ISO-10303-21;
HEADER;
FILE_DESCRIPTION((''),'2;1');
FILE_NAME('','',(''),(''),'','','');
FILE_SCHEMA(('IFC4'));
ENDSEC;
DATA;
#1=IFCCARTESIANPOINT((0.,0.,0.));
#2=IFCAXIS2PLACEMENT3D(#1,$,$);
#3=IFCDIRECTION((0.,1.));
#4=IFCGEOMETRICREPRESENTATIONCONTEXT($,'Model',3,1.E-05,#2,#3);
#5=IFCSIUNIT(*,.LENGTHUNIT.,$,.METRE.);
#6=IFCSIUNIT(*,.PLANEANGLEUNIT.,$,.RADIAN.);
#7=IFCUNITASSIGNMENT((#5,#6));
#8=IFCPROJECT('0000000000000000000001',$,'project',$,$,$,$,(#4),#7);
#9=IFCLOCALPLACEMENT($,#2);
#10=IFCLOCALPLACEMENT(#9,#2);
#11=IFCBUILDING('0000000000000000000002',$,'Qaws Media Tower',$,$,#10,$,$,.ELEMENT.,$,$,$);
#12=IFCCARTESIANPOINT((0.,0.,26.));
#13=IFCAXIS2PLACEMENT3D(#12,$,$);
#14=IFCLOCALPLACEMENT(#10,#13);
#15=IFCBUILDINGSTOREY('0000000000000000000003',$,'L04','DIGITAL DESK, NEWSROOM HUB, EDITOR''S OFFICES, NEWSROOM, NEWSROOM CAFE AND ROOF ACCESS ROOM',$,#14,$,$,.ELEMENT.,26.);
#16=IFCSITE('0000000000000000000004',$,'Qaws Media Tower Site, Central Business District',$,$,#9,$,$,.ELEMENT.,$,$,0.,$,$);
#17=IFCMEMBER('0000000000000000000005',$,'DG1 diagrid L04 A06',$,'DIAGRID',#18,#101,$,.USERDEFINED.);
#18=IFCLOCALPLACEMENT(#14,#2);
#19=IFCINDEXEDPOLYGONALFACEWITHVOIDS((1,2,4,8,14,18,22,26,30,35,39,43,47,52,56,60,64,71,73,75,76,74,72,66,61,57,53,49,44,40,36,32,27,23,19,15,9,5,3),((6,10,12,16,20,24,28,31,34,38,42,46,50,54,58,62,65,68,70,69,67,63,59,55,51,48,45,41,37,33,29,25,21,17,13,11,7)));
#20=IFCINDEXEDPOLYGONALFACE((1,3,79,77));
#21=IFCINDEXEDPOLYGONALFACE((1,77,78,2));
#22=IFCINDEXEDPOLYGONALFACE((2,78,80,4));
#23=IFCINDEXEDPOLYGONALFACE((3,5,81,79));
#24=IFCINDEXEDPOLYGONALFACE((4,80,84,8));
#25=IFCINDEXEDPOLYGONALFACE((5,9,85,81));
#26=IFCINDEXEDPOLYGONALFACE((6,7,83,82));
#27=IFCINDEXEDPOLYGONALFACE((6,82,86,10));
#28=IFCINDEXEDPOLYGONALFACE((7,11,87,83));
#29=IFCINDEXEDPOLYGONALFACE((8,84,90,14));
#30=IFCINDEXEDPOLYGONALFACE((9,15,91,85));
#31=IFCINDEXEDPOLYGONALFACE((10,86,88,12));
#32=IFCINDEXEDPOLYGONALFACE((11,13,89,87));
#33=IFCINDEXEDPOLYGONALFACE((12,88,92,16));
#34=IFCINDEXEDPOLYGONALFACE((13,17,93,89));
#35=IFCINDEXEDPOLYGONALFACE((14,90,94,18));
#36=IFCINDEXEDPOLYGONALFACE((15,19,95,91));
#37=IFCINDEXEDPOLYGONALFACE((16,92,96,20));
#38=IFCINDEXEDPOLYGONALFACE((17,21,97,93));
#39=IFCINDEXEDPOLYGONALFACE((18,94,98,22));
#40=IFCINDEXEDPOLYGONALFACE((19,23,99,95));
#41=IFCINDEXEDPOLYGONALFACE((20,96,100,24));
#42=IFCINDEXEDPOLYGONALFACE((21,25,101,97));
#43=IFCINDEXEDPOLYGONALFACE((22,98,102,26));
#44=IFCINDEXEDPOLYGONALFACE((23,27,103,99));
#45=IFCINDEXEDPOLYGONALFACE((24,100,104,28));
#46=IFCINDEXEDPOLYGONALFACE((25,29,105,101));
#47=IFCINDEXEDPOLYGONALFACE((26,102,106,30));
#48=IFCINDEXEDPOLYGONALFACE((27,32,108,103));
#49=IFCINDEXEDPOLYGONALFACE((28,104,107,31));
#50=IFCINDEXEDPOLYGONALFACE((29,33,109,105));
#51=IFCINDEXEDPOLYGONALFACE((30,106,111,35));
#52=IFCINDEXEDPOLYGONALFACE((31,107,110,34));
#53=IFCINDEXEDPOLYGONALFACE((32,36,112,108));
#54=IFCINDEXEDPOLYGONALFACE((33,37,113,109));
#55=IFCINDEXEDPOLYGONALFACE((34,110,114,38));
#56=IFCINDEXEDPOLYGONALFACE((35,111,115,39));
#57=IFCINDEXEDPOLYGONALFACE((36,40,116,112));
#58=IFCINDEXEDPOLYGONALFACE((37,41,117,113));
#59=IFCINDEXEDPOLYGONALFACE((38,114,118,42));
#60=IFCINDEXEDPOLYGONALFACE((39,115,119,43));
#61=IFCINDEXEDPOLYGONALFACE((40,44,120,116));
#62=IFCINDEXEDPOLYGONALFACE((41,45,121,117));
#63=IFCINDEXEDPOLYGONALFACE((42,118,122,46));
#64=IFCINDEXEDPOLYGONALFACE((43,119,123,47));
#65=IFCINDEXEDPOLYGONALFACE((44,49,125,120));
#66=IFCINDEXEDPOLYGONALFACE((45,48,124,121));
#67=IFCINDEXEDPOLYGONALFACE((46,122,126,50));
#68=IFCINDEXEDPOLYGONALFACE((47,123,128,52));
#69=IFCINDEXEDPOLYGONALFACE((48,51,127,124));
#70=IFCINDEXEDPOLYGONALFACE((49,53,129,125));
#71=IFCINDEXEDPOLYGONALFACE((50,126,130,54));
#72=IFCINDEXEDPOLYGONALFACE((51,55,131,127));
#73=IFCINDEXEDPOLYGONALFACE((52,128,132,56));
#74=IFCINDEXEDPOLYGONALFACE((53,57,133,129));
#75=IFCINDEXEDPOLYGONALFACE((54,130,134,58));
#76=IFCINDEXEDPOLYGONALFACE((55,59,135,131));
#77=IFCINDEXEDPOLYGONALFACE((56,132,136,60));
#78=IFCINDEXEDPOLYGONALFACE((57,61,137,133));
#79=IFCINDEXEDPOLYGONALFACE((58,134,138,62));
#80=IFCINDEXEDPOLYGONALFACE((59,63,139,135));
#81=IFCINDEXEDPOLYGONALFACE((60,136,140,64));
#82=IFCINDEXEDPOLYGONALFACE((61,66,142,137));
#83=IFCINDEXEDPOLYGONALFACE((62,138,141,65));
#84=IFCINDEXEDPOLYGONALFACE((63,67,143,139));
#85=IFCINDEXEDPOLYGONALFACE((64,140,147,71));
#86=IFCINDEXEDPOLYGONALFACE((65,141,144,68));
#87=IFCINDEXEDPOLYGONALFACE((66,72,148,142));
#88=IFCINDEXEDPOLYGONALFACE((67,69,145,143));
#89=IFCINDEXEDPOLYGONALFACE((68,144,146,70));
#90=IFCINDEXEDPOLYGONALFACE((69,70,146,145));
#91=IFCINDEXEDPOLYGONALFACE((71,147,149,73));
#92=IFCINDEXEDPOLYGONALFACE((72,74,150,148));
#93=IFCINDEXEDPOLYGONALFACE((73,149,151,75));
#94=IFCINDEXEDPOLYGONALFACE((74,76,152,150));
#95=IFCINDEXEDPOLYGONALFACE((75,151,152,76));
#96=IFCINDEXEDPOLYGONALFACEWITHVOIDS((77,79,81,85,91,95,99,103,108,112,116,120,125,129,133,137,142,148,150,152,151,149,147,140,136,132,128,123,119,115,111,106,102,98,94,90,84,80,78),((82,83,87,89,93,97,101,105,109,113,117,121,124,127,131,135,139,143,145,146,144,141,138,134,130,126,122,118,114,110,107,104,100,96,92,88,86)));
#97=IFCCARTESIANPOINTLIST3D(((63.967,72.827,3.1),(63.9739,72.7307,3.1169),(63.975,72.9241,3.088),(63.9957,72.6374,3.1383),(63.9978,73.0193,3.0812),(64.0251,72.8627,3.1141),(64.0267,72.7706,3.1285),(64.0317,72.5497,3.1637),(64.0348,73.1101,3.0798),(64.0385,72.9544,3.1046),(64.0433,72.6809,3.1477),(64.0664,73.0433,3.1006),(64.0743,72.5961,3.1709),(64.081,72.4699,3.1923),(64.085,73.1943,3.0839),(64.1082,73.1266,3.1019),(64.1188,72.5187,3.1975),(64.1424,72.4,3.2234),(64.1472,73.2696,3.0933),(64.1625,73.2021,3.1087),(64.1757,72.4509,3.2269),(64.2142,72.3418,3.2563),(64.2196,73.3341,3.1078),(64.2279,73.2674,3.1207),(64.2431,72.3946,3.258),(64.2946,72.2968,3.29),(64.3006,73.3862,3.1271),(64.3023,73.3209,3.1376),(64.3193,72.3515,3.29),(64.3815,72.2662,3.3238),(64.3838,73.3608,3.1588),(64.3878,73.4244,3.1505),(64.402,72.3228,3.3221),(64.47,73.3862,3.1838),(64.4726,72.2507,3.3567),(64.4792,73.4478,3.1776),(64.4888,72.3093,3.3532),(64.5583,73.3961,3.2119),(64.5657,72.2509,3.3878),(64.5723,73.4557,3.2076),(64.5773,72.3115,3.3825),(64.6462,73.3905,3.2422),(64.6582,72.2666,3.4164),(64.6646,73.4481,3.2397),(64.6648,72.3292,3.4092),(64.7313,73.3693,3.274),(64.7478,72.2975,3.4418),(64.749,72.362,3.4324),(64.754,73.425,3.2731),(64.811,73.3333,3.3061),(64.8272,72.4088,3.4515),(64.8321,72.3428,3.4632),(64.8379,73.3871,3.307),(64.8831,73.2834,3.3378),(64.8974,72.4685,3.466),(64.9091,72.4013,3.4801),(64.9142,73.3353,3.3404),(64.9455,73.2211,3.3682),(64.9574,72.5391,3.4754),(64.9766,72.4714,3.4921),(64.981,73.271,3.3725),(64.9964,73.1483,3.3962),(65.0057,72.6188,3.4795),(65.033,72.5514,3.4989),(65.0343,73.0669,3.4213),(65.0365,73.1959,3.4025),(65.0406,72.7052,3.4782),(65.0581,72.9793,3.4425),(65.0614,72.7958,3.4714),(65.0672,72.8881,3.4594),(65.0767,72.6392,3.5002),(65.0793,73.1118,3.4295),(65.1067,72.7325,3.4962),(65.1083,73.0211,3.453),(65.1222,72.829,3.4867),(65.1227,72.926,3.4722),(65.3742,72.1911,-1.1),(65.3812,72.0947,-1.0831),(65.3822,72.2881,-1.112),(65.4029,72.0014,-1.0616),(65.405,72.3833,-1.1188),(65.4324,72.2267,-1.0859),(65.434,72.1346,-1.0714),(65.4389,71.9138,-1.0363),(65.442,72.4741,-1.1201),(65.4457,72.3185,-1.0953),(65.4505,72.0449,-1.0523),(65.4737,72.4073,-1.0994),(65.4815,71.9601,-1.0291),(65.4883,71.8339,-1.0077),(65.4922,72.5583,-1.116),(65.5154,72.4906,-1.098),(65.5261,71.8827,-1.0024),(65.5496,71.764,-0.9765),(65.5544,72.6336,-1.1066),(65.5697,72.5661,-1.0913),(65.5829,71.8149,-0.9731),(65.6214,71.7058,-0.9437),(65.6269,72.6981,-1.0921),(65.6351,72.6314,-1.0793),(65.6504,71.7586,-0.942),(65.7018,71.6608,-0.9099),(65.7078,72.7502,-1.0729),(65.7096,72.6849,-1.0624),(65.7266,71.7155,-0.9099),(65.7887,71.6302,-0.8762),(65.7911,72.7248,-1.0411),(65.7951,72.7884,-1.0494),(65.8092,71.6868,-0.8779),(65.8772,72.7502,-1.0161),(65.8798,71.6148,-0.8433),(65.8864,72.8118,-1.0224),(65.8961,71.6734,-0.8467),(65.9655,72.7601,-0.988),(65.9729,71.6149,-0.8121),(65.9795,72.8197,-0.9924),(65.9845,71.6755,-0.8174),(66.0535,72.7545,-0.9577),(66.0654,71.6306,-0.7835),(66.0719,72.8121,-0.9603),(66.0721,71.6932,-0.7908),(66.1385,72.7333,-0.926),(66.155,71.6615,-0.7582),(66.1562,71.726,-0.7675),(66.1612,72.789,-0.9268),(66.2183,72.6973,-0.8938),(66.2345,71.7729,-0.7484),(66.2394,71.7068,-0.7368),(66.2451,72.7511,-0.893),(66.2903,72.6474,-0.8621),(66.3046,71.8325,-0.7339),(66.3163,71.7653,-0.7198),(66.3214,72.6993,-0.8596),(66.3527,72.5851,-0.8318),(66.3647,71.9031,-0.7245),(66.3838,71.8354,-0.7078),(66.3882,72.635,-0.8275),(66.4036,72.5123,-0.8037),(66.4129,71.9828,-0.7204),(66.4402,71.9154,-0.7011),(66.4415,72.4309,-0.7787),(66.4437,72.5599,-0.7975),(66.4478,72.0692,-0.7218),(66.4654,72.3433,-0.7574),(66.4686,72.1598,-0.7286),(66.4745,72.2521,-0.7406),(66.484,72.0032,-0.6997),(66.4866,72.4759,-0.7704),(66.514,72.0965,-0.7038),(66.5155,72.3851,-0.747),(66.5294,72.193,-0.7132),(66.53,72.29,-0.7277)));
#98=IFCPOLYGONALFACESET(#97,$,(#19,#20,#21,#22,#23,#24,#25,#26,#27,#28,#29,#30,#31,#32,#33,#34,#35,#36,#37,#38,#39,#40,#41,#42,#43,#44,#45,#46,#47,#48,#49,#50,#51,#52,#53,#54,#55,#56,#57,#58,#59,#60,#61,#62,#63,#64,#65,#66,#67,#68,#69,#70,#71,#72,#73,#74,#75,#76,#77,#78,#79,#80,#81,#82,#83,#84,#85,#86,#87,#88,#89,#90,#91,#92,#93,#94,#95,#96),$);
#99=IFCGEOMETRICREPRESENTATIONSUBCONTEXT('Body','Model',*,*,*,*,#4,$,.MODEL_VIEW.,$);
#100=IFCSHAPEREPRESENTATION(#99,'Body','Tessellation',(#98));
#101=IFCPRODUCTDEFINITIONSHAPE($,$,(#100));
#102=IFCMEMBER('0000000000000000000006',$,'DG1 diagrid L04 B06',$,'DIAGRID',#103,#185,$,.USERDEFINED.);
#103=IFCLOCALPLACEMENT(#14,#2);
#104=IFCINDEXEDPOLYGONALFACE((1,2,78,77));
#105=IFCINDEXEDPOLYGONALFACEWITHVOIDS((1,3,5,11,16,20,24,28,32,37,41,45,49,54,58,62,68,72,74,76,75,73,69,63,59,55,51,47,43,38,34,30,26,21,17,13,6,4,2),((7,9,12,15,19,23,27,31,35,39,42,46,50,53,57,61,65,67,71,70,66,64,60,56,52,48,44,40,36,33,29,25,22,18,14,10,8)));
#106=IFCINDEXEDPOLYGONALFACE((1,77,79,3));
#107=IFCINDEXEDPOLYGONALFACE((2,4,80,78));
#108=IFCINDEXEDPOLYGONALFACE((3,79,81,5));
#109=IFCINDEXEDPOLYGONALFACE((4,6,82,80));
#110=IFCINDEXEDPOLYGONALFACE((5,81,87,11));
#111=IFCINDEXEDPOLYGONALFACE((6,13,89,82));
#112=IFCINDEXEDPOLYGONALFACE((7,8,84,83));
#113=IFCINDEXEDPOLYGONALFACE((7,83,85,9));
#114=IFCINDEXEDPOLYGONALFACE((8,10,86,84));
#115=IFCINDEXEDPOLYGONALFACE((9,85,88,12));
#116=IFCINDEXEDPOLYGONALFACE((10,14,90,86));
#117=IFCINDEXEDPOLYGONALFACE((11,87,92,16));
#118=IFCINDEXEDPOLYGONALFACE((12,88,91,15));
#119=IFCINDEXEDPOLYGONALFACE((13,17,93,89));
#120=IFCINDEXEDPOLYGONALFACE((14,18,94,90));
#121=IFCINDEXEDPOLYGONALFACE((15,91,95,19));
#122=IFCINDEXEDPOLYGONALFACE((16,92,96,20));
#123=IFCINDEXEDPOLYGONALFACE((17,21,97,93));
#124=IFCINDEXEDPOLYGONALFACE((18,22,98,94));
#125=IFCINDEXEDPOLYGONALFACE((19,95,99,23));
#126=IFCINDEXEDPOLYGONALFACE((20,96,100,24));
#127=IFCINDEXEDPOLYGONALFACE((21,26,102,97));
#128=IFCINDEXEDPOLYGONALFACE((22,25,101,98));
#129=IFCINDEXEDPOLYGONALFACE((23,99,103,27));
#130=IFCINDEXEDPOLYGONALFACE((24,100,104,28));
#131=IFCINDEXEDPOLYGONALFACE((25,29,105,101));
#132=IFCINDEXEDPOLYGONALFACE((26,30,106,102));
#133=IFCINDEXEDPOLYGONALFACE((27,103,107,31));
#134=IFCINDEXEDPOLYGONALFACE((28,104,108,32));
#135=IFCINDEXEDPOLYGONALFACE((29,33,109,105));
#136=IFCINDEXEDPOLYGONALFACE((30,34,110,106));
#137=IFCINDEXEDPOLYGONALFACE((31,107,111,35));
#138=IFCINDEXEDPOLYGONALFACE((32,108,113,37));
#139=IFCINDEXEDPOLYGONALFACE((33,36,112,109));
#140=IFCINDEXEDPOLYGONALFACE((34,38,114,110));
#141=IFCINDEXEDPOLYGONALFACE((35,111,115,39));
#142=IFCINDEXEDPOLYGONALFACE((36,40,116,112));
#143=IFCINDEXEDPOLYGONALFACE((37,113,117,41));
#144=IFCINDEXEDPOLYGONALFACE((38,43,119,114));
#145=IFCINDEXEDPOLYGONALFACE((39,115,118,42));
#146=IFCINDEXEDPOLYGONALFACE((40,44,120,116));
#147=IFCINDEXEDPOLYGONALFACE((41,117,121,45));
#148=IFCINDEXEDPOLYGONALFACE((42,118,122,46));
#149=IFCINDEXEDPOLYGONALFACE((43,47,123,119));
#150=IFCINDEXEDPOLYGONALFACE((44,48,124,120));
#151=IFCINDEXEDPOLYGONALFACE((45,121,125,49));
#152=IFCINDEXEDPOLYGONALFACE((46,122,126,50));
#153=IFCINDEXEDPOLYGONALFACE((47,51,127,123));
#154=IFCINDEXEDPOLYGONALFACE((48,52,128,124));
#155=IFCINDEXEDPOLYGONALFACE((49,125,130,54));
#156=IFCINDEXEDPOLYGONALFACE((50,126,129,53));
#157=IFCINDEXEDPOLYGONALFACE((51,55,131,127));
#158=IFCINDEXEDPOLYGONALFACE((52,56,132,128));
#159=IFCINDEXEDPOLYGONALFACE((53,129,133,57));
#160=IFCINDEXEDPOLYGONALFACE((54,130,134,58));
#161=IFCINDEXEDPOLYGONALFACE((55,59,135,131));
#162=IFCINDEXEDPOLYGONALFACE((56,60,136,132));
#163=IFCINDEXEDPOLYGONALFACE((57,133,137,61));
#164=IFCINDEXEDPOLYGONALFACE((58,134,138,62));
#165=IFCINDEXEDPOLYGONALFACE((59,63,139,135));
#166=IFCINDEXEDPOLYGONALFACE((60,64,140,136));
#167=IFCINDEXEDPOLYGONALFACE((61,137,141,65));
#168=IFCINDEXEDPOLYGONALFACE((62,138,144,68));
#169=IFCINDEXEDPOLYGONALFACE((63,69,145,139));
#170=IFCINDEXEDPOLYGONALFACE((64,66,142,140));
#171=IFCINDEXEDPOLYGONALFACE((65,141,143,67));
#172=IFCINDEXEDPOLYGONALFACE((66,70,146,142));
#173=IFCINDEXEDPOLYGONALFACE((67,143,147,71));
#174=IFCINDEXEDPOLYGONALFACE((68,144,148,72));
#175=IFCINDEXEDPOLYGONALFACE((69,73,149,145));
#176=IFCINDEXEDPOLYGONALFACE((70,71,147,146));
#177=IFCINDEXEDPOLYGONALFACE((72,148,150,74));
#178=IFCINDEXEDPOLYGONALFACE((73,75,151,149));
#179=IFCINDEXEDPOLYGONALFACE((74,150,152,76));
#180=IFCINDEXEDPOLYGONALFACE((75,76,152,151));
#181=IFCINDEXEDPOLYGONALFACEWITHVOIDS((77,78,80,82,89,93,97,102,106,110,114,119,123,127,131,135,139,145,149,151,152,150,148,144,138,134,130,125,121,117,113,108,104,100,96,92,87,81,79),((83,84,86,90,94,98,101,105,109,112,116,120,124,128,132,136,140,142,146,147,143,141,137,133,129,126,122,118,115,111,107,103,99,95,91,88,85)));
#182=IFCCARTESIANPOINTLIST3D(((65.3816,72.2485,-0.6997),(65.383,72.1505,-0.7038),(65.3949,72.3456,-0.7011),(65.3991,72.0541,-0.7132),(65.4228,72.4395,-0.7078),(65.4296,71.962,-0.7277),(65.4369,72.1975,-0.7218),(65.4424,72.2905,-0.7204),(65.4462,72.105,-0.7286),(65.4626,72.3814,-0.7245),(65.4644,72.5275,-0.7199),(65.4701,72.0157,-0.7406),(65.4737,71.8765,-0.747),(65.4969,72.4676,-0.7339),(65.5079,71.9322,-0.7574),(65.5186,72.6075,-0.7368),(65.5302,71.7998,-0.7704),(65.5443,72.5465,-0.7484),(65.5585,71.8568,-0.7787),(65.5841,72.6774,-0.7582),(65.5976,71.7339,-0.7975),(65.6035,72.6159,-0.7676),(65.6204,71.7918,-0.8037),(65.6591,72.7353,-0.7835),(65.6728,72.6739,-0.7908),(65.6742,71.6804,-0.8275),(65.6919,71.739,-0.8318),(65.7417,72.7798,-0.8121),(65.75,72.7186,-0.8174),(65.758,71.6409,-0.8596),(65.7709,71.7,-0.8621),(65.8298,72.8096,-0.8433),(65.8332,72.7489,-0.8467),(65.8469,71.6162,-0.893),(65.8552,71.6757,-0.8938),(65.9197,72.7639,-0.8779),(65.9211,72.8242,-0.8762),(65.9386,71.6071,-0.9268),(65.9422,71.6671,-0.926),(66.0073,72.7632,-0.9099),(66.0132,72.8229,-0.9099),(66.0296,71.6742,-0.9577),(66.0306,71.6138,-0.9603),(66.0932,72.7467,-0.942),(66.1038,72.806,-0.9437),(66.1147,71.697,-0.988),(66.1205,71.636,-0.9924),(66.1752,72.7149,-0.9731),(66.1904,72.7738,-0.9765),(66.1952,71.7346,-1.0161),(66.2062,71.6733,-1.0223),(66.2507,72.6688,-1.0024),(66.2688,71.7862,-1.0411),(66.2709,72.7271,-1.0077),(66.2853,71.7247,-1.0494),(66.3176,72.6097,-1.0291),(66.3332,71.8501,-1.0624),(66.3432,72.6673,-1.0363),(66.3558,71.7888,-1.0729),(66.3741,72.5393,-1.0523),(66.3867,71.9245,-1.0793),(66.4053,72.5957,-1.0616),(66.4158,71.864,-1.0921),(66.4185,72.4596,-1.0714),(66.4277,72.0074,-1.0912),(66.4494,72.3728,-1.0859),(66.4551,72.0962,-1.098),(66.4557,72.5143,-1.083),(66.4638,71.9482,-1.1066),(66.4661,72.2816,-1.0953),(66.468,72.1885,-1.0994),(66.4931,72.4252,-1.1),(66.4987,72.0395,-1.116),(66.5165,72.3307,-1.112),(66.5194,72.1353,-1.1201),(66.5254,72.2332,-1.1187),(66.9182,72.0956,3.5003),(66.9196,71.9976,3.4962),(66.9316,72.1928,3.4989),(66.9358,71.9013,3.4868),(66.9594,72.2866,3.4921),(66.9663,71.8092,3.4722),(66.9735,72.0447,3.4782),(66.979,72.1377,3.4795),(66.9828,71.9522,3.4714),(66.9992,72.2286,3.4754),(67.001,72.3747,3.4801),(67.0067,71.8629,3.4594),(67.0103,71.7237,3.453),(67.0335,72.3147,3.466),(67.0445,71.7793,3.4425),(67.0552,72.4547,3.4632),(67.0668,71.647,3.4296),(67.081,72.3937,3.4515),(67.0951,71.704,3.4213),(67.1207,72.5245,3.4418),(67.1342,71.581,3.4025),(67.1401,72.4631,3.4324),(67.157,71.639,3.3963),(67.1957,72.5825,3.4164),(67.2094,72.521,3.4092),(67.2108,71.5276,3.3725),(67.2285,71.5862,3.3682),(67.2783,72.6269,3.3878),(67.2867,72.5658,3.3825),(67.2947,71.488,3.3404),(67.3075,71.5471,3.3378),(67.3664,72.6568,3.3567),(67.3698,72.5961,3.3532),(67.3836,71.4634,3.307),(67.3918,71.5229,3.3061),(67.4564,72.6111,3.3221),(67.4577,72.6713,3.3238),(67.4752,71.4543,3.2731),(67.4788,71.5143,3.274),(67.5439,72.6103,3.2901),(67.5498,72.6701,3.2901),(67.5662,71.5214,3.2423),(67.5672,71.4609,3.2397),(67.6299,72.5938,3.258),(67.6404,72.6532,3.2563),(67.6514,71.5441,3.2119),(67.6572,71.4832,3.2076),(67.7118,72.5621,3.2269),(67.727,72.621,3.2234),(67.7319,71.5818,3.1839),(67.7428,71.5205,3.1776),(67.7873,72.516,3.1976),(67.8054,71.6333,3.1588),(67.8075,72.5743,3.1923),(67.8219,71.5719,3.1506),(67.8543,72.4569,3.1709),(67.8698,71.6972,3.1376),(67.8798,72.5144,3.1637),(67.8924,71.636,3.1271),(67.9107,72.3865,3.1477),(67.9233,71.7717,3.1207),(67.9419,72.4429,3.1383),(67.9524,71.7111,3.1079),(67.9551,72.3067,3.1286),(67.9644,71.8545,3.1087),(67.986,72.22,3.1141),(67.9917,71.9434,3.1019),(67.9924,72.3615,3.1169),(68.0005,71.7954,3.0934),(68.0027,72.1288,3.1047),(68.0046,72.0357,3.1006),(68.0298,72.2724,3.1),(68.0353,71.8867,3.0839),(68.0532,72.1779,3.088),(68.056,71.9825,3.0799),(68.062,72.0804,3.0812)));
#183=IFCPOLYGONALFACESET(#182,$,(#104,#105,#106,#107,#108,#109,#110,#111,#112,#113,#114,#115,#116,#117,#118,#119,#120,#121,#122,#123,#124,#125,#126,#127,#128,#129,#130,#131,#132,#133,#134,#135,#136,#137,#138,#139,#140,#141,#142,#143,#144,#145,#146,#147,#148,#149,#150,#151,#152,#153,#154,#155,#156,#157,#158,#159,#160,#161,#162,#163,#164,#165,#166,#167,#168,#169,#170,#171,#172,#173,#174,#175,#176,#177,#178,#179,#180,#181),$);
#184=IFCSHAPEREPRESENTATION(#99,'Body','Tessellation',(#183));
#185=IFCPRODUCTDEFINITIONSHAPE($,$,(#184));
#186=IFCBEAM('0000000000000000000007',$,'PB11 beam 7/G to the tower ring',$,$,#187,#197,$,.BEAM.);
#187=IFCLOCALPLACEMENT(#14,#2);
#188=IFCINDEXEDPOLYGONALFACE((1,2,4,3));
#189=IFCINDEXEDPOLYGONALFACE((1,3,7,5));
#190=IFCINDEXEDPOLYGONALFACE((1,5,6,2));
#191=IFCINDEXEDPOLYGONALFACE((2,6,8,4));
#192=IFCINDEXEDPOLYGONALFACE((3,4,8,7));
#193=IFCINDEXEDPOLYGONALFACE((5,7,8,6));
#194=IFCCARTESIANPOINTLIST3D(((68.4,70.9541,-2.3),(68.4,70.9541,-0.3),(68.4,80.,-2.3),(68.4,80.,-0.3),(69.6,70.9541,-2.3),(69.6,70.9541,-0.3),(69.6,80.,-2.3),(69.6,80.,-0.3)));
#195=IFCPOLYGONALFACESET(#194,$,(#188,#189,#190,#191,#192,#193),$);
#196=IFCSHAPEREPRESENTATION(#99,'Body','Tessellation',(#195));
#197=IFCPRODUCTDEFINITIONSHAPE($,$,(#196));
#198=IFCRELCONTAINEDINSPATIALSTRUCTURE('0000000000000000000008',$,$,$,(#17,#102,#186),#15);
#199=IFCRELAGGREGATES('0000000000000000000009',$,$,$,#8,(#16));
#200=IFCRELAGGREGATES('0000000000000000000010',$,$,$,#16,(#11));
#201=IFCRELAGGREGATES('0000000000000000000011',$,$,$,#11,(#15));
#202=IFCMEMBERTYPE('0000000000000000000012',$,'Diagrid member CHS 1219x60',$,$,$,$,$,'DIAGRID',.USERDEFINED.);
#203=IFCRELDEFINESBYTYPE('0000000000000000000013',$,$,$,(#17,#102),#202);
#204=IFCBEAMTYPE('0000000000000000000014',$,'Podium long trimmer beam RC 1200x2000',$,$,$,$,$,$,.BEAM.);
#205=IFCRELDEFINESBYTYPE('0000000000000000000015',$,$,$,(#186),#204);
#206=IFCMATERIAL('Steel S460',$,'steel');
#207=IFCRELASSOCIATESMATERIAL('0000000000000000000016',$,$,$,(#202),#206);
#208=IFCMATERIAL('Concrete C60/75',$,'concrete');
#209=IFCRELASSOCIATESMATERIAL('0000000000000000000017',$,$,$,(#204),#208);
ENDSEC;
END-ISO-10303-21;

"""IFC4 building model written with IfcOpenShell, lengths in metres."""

from ifc_helpers import new_model, si_unit, direction, frame, origin, origin_2d, place, context, subcontext, project, spatial, rectangle, hollow_circle, extrude, material, material_profile, profile_set, type_object, element, save


model = new_model("IFC4")

# Units and contexts
model_context = context("Model", 3, precision=1e-05, world=origin(), true_north=direction((0.0, 1.0)))
body_context = subcontext(model_context, "Body", "Model", "MODEL_VIEW")
ifc_project = project(units=[si_unit("LENGTHUNIT", "METRE"), si_unit("PLANEANGLEUNIT", "RADIAN")], contexts=[model_context])

# Site, building, storey
site_placement = place(None, origin())
site = spatial("IfcSite", under=ifc_project, at=site_placement, Name="Qaws Media Tower Site, Central Business District", CompositionType="ELEMENT", RefElevation=0.0)
building_placement = place(site_placement, origin())
building = spatial("IfcBuilding", under=site, at=building_placement, Name="Qaws Media Tower", CompositionType="ELEMENT")
storey_placement = place(building_placement, frame((0.0, 0.0, 26.0)))
storey = spatial("IfcBuildingStorey", under=building, at=storey_placement, Name="L04", Description="DIGITAL DESK, NEWSROOM HUB, EDITOR'S OFFICES, NEWSROOM, NEWSROOM CAFE AND ROOF ACCESS ROOM", CompositionType="ELEMENT", Elevation=26.0)

# Members
ifc_material_1 = material(Name="Steel S460", Category="steel")
ifc_material_profile_1 = material_profile(ifc_material_1, hollow_circle(Radius=0.6096, WallThickness=0.0601, at=origin_2d()), Name="CHS 1219x60")
ifc_profile_set_1 = profile_set([ifc_material_profile_1], Name="Steel S460")
member_type_1 = type_object("IfcMemberType", Name="Diagrid member CHS 1219x60", ElementType="DIAGRID", PredefinedType="USERDEFINED", material=ifc_profile_set_1)
for number, where, z_axis, x_axis, name in (
    (1, (65.9529, 72.2163, -0.9099), (-0.314474, 0.142124, 0.938566), (-0.411837, -0.911258, 0.0), "DG1 diagrid L04 A06"),
    (2, (65.9529, 72.2163, -0.9099), (0.343392, -0.034154, 0.938571), (0.098971, 0.99509, 0.0), "DG1 diagrid L04 B06"),
):
    element("IfcMember", number, at=place(storey_placement, frame(where, z_axis=z_axis, x_axis=x_axis)), inside=storey, type_object=member_type_1, Name=name, ObjectType="DIAGRID", PredefinedType="USERDEFINED", context=body_context, shape_type="SweptSolid", body=[
        extrude(hollow_circle(Radius=0.6096, WallThickness=0.0601, at=origin_2d()), origin(), (0.0, 0.0, 1.0), 4.4749),
    ])

# Beam
ifc_material_2 = material(Name="Concrete C60/75", Category="concrete")
ifc_material_profile_2 = material_profile(ifc_material_2, rectangle(XDim=1.2, YDim=2.0, at=origin_2d()), Name="RC 1200x2000")
ifc_profile_set_2 = profile_set([ifc_material_profile_2], Name="Concrete C60/75")
beam_type_1 = type_object("IfcBeamType", Name="Podium long trimmer beam RC 1200x2000", PredefinedType="BEAM", material=ifc_profile_set_2)
beam_1_placement = place(storey_placement, frame((69.0, 80.0, -1.3), z_axis=(0.0, -1.0, 0.0), x_axis=(1.0, 0.0, 0.0)))
element("IfcBeam", 3, at=beam_1_placement, inside=storey, type_object=beam_type_1, Name="PB11 beam 7/G to the tower ring", PredefinedType="BEAM", context=body_context, shape_type="SweptSolid", body=[
    extrude(rectangle(XDim=1.2, YDim=2.0, at=origin_2d()), origin(), (0.0, 0.0, 1.0), 9.0459),
])

save(model, "model.ifc")
